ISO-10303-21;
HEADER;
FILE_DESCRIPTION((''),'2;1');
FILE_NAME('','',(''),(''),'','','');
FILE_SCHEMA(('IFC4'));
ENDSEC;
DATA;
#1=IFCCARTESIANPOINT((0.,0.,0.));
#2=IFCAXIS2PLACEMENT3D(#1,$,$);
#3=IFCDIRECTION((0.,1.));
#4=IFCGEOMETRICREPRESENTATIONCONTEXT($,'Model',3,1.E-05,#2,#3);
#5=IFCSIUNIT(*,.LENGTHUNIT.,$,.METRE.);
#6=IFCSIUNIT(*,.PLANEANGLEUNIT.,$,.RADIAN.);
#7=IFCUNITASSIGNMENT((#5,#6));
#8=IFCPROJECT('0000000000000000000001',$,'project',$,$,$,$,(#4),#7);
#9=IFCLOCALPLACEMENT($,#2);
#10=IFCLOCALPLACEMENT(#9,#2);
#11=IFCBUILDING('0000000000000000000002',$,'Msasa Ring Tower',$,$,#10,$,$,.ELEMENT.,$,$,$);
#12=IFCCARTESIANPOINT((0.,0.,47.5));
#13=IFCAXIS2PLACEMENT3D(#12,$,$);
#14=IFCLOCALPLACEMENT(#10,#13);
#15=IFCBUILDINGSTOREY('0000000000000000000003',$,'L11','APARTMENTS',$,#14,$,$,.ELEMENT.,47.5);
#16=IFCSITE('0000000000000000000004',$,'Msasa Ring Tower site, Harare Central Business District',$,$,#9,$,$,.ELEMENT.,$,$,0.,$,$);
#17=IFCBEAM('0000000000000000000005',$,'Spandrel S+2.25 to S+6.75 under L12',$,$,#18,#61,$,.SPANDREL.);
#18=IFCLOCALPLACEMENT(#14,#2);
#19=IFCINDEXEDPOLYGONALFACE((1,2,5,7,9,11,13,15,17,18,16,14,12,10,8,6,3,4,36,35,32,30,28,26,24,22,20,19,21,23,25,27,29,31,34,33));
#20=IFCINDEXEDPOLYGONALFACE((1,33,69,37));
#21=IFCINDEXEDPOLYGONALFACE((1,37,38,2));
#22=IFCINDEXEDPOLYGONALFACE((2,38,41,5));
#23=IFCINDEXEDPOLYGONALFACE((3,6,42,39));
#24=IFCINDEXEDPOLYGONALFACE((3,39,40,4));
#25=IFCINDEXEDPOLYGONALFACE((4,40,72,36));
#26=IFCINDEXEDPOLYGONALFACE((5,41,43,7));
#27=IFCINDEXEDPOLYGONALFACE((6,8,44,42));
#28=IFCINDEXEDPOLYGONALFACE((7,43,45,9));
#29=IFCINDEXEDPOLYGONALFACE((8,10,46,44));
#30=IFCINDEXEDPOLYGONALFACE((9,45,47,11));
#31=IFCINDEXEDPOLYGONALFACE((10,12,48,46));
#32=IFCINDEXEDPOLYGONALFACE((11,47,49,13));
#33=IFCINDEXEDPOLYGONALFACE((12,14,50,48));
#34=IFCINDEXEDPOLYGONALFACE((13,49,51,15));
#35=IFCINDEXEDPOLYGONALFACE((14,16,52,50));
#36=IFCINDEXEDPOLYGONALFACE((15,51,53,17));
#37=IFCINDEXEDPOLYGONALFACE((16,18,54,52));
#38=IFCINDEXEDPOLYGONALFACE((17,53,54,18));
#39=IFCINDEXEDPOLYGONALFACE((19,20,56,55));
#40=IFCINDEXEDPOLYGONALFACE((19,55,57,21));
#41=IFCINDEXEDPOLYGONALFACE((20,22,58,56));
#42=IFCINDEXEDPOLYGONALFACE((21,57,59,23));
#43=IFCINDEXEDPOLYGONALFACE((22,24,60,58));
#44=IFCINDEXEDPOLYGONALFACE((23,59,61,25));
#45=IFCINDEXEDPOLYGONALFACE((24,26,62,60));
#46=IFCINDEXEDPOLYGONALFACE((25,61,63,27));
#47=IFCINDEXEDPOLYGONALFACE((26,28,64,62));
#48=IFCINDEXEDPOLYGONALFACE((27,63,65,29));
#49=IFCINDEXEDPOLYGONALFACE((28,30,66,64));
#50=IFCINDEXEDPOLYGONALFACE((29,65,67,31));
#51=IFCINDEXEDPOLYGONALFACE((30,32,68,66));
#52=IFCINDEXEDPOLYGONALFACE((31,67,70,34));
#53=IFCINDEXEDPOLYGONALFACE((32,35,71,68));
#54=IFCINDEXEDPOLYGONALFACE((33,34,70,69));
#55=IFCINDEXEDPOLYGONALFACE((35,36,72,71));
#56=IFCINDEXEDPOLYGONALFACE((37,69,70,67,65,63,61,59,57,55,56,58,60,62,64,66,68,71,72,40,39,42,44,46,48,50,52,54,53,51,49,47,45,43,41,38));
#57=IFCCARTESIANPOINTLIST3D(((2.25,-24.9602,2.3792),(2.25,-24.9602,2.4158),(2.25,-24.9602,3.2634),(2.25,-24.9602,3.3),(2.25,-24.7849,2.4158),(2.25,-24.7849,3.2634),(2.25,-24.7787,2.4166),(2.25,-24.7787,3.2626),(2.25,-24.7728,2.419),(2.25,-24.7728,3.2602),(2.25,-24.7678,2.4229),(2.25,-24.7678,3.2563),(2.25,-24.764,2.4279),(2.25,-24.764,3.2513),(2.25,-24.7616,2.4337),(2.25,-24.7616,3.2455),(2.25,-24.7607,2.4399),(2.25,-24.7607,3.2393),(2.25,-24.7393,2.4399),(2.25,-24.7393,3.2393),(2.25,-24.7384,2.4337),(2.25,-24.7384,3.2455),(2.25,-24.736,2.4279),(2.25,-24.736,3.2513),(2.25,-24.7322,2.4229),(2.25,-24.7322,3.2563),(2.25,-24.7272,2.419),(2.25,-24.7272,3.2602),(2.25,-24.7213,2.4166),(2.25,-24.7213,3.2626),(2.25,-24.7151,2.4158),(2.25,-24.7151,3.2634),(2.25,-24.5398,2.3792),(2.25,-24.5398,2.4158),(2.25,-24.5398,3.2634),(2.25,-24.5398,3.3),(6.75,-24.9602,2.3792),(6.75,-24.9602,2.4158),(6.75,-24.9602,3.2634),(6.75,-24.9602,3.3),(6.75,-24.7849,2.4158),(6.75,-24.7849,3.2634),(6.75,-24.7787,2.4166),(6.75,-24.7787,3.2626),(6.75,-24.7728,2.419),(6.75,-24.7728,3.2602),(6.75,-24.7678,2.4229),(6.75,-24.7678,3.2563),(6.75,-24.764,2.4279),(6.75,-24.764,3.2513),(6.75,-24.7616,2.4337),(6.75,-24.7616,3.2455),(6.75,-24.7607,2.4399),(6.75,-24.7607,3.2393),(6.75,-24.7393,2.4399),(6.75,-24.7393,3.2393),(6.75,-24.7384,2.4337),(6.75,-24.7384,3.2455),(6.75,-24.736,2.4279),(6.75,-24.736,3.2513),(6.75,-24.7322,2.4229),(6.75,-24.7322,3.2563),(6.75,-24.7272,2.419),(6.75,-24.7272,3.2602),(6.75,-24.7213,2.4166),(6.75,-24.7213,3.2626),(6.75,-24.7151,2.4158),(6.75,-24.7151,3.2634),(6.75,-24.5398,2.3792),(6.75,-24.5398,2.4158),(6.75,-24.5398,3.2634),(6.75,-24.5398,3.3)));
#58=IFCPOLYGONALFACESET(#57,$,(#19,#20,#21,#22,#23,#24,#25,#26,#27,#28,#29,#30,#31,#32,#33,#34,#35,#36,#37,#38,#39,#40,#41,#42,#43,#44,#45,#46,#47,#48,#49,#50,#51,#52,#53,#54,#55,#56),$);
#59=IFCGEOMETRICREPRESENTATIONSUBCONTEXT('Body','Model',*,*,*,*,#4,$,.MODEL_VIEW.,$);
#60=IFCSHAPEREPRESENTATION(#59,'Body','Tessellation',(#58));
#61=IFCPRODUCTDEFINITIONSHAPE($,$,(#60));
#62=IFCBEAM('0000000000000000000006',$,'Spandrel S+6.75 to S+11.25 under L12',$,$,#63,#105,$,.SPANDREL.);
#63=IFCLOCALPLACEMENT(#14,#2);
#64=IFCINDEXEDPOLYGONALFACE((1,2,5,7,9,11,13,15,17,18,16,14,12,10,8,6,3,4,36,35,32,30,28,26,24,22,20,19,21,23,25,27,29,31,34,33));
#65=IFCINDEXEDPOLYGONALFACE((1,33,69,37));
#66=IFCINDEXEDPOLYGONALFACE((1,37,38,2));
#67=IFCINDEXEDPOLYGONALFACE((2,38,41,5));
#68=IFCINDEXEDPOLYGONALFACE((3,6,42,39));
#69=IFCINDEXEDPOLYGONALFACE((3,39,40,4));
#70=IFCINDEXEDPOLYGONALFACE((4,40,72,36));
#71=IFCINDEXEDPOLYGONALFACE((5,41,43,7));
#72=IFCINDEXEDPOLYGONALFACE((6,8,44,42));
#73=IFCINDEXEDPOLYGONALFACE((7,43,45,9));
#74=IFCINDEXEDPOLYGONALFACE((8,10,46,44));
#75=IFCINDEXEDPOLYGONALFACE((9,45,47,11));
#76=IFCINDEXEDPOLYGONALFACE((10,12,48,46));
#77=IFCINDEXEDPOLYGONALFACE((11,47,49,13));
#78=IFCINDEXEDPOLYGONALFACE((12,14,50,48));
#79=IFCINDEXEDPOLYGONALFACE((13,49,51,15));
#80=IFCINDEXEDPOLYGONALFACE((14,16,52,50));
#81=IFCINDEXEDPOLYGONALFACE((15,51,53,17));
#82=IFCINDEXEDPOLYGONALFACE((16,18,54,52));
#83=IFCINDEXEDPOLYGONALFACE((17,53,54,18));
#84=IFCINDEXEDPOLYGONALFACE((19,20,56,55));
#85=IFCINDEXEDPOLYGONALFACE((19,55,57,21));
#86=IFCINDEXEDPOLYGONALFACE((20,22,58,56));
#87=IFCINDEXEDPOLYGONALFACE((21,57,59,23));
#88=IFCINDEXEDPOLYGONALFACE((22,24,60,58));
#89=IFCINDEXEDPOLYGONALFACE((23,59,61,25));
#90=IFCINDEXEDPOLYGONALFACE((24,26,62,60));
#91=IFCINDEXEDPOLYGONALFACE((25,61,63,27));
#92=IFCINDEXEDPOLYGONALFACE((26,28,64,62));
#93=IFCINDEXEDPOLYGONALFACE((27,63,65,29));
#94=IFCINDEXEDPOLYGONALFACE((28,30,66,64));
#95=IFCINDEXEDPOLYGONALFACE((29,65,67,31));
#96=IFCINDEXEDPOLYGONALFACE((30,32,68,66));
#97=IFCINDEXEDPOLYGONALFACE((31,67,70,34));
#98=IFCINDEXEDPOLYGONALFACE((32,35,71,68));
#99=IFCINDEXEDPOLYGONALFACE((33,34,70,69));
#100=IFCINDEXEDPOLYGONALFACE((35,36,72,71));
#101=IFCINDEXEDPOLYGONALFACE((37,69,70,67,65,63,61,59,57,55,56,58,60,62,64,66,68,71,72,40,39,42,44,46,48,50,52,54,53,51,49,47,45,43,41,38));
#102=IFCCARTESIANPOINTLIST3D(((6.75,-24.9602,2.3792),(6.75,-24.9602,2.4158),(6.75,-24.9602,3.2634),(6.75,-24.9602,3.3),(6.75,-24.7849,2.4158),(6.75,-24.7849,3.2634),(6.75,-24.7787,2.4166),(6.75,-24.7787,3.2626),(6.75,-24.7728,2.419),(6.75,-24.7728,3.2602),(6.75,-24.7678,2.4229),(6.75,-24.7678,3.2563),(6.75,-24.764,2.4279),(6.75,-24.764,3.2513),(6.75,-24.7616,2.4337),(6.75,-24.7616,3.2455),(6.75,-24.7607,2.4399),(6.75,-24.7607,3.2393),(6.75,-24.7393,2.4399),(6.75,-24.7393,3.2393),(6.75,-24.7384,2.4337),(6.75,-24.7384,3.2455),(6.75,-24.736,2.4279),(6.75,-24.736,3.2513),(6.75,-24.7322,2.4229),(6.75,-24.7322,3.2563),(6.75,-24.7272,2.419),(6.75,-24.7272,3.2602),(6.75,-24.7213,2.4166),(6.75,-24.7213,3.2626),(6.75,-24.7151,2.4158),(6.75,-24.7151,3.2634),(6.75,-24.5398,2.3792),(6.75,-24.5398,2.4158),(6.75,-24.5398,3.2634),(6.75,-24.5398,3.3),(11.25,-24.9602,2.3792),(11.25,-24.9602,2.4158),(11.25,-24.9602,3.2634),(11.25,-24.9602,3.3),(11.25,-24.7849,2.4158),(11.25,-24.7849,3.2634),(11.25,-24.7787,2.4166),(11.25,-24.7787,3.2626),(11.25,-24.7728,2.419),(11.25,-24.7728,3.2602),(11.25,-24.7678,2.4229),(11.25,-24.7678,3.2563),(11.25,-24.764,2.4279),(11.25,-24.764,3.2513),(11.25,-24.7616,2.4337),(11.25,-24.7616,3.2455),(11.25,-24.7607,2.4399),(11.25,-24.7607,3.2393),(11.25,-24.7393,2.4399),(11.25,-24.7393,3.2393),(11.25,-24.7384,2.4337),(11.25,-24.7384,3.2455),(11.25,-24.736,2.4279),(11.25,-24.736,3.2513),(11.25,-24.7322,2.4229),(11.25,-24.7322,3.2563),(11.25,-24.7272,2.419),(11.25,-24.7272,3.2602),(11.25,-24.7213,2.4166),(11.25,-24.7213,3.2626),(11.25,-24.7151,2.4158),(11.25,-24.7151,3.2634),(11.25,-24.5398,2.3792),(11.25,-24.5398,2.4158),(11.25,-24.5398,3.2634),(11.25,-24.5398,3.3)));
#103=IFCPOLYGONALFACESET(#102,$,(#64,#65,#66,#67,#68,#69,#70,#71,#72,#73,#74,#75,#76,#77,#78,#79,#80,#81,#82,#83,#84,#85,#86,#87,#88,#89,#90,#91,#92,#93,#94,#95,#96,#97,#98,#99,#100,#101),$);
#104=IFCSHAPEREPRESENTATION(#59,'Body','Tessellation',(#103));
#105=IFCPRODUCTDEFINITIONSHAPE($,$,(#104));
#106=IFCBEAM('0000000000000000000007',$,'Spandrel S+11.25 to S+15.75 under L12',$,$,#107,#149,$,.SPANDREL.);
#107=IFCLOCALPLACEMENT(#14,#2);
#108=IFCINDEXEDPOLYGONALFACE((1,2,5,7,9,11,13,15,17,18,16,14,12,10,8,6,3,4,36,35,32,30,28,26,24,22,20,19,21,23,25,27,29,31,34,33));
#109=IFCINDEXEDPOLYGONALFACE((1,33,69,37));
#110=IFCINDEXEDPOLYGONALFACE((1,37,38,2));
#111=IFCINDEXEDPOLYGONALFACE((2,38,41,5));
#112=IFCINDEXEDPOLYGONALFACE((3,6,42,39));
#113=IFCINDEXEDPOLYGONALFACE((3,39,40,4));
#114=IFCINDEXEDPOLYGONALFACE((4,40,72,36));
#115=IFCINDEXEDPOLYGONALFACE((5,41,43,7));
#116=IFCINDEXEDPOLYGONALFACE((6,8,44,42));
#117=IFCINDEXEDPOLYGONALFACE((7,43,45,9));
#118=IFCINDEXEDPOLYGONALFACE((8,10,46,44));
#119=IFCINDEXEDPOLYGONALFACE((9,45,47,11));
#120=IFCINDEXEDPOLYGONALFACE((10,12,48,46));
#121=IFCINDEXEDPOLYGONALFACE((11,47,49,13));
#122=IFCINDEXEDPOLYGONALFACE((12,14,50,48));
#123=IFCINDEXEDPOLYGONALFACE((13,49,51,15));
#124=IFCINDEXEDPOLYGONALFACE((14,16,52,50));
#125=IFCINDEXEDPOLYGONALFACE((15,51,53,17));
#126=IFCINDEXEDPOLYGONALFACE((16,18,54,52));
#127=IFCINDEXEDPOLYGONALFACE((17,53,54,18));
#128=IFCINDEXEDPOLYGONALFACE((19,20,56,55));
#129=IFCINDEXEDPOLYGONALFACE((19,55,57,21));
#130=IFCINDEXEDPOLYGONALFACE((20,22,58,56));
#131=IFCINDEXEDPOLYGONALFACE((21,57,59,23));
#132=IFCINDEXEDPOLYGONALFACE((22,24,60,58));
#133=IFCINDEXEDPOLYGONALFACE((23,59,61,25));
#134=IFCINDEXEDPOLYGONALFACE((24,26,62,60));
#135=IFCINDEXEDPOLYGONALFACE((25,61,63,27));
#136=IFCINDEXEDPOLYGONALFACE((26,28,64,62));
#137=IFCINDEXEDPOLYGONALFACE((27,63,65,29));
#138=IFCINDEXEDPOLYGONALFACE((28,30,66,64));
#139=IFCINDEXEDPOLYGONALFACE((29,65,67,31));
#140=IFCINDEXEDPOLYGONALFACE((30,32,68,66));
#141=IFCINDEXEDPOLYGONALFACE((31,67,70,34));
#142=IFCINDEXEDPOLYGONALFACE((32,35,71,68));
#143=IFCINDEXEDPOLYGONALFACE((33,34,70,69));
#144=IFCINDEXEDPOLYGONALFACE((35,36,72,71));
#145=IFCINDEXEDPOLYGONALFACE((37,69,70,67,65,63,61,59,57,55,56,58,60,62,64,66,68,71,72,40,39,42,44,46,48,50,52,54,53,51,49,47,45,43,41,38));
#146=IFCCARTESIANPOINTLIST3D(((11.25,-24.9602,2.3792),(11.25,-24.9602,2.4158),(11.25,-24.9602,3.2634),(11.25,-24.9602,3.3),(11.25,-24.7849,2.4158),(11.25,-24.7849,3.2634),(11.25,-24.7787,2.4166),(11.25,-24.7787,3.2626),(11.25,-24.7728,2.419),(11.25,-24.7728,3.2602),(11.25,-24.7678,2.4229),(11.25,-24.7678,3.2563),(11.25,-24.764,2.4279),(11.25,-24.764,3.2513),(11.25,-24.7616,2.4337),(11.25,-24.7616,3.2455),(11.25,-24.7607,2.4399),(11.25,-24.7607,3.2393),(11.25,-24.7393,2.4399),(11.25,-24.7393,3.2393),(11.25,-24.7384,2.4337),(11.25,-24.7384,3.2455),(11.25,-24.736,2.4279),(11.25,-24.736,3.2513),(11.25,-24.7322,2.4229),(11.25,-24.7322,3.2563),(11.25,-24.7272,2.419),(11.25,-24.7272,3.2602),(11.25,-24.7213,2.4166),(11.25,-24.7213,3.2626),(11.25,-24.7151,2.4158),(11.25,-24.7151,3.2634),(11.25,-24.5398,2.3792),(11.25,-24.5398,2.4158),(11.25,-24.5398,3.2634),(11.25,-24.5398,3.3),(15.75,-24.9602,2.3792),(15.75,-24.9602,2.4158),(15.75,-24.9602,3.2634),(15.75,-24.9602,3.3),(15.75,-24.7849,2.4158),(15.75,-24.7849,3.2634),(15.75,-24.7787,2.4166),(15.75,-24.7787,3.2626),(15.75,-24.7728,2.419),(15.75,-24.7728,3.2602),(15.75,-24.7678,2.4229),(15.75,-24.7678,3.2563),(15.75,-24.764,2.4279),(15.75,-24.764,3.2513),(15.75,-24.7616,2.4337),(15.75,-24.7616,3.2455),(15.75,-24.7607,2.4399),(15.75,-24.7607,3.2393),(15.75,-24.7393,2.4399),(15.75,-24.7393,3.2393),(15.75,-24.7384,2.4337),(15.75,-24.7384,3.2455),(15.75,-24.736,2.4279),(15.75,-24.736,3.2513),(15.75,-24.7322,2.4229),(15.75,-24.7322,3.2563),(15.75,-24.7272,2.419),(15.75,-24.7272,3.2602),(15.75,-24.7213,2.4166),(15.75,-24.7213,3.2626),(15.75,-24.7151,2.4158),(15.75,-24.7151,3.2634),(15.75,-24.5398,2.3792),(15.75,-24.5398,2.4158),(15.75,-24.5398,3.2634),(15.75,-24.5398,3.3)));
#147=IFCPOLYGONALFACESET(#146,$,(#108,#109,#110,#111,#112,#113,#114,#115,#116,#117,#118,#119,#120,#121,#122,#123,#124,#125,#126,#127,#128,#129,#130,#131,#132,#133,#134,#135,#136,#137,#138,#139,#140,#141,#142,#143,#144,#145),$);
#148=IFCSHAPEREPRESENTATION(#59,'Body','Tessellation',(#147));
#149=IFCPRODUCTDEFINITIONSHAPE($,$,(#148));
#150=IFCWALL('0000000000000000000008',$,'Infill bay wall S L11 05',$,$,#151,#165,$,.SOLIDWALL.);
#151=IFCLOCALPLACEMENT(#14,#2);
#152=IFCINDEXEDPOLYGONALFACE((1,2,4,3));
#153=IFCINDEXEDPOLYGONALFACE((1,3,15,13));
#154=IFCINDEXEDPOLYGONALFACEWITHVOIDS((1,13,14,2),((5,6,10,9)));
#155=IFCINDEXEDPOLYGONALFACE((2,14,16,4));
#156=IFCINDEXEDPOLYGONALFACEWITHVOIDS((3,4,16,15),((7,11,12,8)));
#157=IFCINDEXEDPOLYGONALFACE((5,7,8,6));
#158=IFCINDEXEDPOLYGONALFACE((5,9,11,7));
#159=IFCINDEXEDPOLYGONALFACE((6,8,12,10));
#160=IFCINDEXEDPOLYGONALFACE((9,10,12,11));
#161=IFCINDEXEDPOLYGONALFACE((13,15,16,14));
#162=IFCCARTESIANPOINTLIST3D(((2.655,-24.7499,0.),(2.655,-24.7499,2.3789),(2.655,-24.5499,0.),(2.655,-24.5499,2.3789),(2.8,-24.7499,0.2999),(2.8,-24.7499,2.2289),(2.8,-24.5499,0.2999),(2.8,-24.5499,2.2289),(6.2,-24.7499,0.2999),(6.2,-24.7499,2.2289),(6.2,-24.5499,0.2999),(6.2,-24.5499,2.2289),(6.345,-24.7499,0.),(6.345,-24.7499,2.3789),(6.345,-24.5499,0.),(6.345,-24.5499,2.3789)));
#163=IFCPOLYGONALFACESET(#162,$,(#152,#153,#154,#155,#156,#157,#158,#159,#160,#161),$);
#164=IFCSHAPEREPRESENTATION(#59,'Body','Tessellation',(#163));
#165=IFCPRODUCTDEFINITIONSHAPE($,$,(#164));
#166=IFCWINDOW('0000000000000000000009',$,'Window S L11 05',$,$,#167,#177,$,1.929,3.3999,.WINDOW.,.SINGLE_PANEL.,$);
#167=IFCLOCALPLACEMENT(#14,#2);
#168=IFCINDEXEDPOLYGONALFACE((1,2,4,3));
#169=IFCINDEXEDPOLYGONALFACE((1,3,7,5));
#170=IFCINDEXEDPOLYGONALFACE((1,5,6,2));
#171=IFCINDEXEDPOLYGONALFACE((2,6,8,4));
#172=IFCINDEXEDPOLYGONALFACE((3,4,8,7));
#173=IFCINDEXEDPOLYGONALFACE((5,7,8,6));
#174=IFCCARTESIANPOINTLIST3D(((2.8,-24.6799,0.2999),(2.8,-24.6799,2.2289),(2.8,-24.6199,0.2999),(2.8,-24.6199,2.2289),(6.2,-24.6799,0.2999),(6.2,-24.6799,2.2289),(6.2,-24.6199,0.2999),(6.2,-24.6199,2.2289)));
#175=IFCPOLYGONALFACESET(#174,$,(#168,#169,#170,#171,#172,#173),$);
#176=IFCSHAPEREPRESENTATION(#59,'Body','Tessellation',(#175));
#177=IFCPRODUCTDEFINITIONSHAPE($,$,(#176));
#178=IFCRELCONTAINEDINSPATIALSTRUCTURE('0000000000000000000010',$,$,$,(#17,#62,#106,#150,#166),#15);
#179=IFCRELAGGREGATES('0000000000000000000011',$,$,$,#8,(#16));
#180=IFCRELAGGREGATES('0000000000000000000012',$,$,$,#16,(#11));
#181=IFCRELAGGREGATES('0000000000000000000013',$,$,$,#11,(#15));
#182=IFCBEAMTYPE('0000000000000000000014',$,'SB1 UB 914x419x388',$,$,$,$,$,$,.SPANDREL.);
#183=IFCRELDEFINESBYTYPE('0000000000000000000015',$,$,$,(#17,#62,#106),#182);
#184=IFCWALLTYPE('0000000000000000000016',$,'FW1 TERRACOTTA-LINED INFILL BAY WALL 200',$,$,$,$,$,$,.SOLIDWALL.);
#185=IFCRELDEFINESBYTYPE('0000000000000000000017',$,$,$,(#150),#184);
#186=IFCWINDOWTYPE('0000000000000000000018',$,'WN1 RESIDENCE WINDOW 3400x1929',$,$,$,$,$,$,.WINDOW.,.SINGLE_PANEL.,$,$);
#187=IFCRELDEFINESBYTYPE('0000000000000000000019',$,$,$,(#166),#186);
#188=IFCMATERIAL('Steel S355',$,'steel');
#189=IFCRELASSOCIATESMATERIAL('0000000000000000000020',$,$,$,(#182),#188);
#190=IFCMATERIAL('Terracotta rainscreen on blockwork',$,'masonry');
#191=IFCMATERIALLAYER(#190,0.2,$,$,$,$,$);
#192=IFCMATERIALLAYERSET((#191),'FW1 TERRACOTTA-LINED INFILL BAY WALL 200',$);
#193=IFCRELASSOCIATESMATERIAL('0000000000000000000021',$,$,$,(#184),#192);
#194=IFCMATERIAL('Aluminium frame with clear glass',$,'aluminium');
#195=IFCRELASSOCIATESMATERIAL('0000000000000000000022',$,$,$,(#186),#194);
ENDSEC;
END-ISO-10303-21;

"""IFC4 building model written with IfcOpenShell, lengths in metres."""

from ifc_helpers import new_model, si_unit, direction, frame, frame_2d, origin, origin_2d, place, context, subcontext, project, spatial, rectangle, i_section, extrude, material, layer, layer_set, material_profile, profile_set, type_object, element, fill, save


model = new_model("IFC4")

# Units and contexts
model_context = context("Model", 3, precision=1e-05, world=origin(), true_north=direction((0.0, 1.0)))
body_context = subcontext(model_context, "Body", "Model", "MODEL_VIEW")
ifc_project = project(units=[si_unit("LENGTHUNIT", "METRE"), si_unit("PLANEANGLEUNIT", "RADIAN")], contexts=[model_context])

# Site, building, storey
site_placement = place(None, origin())
site = spatial("IfcSite", under=ifc_project, at=site_placement, Name="Msasa Ring Tower site, Harare Central Business District", CompositionType="ELEMENT", RefElevation=0.0)
building_placement = place(site_placement, origin())
building = spatial("IfcBuilding", under=site, at=building_placement, Name="Msasa Ring Tower", CompositionType="ELEMENT")
storey_placement = place(building_placement, frame((0.0, 0.0, 47.5)))
storey = spatial("IfcBuildingStorey", under=building, at=storey_placement, Name="L11", Description="APARTMENTS", CompositionType="ELEMENT", Elevation=47.5)

# Beams
ifc_material_1 = material(Name="Steel S355", Category="steel")
ifc_material_profile_1 = material_profile(ifc_material_1, i_section(OverallWidth=0.4204, OverallDepth=0.9209, WebThickness=0.0215, FlangeThickness=0.0366, FilletRadius=0.0242, at=origin_2d()), Name="UB 914x419x388")
ifc_profile_set_1 = profile_set([ifc_material_profile_1], Name="Steel S355")
beam_type_1 = type_object("IfcBeamType", Name="SB1 UB 914x419x388", PredefinedType="SPANDREL", material=ifc_profile_set_1)
for number, where, z_axis, x_axis, name in (
    (1, (2.25, -24.75, 2.8396), (1.0, 0.0, 0.0), (0.0, 1.0, 0.0), "Spandrel S+2.25 to S+6.75 under L12"),
    (2, (6.75, -24.75, 2.8396), (1.0, 0.0, 0.0), (0.0, 1.0, 0.0), "Spandrel S+6.75 to S+11.25 under L12"),
    (3, (11.25, -24.75, 2.8396), (1.0, 0.0, 0.0), (0.0, 1.0, 0.0), "Spandrel S+11.25 to S+15.75 under L12"),
):
    element("IfcBeam", number, at=place(storey_placement, frame(where, z_axis=z_axis, x_axis=x_axis)), inside=storey, type_object=beam_type_1, Name=name, PredefinedType="SPANDREL", context=body_context, shape_type="SweptSolid", body=[
        extrude(i_section(OverallWidth=0.4204, OverallDepth=0.9209, WebThickness=0.0215, FlangeThickness=0.0366, FilletRadius=0.0242, at=origin_2d()), origin(), (0.0, 0.0, 1.0), 4.5),
    ])

# Wall, opening, window
ifc_material_2 = material(Name="Terracotta rainscreen on blockwork", Category="masonry")
ifc_layer_1 = layer(ifc_material_2, 0.2)
ifc_layer_set_1 = layer_set([ifc_layer_1], Name="FW1 TERRACOTTA-LINED INFILL BAY WALL 200")
wall_type_1 = type_object("IfcWallType", Name="FW1 TERRACOTTA-LINED INFILL BAY WALL 200", PredefinedType="SOLIDWALL", material=ifc_layer_set_1)
wall_1_placement = place(storey_placement, frame((2.655, -24.6499, 0.0), z_axis=(0.0, 0.0, 1.0), x_axis=(1.0, 0.0, 0.0)))
wall_1 = element("IfcWall", 4, at=wall_1_placement, inside=storey, type_object=wall_type_1, Name="Infill bay wall S L11 05", PredefinedType="SOLIDWALL", context=body_context, shape_type="SweptSolid", body=[
    extrude(rectangle(XDim=3.6899, YDim=0.2, at=frame_2d((1.845, 0.0))), origin(), (0.0, 0.0, 1.0), 2.3789),
])
opening_1_placement = place(wall_1_placement, frame((0.145, 0.0, 0.3)))
opening_1 = element("IfcOpeningElement", 5, at=opening_1_placement, cuts=wall_1, PredefinedType="OPENING", context=body_context, shape_type="SweptSolid", body=[
    extrude(rectangle(XDim=3.3999, YDim=1.929, at=frame_2d((1.7, 0.9644))), frame((0.0, 0.1099, 0.0), z_axis=(0.0, -1.0, 0.0), x_axis=(1.0, 0.0, 0.0)), (0.0, 0.0, 1.0), 0.22),
])
ifc_material_3 = material(Name="Aluminium frame with clear glass", Category="aluminium")
window_type = type_object("IfcWindowType", Name="WN1 RESIDENCE WINDOW 3400x1929", PartitioningType="SINGLE_PANEL", PredefinedType="WINDOW", material=ifc_material_3)
window_1_placement = place(opening_1_placement, origin())
window_1 = element("IfcWindow", 6, at=window_1_placement, inside=storey, type_object=window_type, Name="Window S L11 05", OverallHeight=1.929, OverallWidth=3.3999, PartitioningType="SINGLE_PANEL", PredefinedType="WINDOW", context=body_context, shape_type="SweptSolid", body=[
    extrude(rectangle(XDim=3.3999, YDim=1.929, at=frame_2d((1.7, 0.9644))), frame((0.0, 0.03, 0.0), z_axis=(0.0, -1.0, 0.0), x_axis=(1.0, 0.0, 0.0)), (0.0, 0.0, 1.0), 0.0601),
])
fill(opening_1, window_1)

save(model, "model.ifc")
